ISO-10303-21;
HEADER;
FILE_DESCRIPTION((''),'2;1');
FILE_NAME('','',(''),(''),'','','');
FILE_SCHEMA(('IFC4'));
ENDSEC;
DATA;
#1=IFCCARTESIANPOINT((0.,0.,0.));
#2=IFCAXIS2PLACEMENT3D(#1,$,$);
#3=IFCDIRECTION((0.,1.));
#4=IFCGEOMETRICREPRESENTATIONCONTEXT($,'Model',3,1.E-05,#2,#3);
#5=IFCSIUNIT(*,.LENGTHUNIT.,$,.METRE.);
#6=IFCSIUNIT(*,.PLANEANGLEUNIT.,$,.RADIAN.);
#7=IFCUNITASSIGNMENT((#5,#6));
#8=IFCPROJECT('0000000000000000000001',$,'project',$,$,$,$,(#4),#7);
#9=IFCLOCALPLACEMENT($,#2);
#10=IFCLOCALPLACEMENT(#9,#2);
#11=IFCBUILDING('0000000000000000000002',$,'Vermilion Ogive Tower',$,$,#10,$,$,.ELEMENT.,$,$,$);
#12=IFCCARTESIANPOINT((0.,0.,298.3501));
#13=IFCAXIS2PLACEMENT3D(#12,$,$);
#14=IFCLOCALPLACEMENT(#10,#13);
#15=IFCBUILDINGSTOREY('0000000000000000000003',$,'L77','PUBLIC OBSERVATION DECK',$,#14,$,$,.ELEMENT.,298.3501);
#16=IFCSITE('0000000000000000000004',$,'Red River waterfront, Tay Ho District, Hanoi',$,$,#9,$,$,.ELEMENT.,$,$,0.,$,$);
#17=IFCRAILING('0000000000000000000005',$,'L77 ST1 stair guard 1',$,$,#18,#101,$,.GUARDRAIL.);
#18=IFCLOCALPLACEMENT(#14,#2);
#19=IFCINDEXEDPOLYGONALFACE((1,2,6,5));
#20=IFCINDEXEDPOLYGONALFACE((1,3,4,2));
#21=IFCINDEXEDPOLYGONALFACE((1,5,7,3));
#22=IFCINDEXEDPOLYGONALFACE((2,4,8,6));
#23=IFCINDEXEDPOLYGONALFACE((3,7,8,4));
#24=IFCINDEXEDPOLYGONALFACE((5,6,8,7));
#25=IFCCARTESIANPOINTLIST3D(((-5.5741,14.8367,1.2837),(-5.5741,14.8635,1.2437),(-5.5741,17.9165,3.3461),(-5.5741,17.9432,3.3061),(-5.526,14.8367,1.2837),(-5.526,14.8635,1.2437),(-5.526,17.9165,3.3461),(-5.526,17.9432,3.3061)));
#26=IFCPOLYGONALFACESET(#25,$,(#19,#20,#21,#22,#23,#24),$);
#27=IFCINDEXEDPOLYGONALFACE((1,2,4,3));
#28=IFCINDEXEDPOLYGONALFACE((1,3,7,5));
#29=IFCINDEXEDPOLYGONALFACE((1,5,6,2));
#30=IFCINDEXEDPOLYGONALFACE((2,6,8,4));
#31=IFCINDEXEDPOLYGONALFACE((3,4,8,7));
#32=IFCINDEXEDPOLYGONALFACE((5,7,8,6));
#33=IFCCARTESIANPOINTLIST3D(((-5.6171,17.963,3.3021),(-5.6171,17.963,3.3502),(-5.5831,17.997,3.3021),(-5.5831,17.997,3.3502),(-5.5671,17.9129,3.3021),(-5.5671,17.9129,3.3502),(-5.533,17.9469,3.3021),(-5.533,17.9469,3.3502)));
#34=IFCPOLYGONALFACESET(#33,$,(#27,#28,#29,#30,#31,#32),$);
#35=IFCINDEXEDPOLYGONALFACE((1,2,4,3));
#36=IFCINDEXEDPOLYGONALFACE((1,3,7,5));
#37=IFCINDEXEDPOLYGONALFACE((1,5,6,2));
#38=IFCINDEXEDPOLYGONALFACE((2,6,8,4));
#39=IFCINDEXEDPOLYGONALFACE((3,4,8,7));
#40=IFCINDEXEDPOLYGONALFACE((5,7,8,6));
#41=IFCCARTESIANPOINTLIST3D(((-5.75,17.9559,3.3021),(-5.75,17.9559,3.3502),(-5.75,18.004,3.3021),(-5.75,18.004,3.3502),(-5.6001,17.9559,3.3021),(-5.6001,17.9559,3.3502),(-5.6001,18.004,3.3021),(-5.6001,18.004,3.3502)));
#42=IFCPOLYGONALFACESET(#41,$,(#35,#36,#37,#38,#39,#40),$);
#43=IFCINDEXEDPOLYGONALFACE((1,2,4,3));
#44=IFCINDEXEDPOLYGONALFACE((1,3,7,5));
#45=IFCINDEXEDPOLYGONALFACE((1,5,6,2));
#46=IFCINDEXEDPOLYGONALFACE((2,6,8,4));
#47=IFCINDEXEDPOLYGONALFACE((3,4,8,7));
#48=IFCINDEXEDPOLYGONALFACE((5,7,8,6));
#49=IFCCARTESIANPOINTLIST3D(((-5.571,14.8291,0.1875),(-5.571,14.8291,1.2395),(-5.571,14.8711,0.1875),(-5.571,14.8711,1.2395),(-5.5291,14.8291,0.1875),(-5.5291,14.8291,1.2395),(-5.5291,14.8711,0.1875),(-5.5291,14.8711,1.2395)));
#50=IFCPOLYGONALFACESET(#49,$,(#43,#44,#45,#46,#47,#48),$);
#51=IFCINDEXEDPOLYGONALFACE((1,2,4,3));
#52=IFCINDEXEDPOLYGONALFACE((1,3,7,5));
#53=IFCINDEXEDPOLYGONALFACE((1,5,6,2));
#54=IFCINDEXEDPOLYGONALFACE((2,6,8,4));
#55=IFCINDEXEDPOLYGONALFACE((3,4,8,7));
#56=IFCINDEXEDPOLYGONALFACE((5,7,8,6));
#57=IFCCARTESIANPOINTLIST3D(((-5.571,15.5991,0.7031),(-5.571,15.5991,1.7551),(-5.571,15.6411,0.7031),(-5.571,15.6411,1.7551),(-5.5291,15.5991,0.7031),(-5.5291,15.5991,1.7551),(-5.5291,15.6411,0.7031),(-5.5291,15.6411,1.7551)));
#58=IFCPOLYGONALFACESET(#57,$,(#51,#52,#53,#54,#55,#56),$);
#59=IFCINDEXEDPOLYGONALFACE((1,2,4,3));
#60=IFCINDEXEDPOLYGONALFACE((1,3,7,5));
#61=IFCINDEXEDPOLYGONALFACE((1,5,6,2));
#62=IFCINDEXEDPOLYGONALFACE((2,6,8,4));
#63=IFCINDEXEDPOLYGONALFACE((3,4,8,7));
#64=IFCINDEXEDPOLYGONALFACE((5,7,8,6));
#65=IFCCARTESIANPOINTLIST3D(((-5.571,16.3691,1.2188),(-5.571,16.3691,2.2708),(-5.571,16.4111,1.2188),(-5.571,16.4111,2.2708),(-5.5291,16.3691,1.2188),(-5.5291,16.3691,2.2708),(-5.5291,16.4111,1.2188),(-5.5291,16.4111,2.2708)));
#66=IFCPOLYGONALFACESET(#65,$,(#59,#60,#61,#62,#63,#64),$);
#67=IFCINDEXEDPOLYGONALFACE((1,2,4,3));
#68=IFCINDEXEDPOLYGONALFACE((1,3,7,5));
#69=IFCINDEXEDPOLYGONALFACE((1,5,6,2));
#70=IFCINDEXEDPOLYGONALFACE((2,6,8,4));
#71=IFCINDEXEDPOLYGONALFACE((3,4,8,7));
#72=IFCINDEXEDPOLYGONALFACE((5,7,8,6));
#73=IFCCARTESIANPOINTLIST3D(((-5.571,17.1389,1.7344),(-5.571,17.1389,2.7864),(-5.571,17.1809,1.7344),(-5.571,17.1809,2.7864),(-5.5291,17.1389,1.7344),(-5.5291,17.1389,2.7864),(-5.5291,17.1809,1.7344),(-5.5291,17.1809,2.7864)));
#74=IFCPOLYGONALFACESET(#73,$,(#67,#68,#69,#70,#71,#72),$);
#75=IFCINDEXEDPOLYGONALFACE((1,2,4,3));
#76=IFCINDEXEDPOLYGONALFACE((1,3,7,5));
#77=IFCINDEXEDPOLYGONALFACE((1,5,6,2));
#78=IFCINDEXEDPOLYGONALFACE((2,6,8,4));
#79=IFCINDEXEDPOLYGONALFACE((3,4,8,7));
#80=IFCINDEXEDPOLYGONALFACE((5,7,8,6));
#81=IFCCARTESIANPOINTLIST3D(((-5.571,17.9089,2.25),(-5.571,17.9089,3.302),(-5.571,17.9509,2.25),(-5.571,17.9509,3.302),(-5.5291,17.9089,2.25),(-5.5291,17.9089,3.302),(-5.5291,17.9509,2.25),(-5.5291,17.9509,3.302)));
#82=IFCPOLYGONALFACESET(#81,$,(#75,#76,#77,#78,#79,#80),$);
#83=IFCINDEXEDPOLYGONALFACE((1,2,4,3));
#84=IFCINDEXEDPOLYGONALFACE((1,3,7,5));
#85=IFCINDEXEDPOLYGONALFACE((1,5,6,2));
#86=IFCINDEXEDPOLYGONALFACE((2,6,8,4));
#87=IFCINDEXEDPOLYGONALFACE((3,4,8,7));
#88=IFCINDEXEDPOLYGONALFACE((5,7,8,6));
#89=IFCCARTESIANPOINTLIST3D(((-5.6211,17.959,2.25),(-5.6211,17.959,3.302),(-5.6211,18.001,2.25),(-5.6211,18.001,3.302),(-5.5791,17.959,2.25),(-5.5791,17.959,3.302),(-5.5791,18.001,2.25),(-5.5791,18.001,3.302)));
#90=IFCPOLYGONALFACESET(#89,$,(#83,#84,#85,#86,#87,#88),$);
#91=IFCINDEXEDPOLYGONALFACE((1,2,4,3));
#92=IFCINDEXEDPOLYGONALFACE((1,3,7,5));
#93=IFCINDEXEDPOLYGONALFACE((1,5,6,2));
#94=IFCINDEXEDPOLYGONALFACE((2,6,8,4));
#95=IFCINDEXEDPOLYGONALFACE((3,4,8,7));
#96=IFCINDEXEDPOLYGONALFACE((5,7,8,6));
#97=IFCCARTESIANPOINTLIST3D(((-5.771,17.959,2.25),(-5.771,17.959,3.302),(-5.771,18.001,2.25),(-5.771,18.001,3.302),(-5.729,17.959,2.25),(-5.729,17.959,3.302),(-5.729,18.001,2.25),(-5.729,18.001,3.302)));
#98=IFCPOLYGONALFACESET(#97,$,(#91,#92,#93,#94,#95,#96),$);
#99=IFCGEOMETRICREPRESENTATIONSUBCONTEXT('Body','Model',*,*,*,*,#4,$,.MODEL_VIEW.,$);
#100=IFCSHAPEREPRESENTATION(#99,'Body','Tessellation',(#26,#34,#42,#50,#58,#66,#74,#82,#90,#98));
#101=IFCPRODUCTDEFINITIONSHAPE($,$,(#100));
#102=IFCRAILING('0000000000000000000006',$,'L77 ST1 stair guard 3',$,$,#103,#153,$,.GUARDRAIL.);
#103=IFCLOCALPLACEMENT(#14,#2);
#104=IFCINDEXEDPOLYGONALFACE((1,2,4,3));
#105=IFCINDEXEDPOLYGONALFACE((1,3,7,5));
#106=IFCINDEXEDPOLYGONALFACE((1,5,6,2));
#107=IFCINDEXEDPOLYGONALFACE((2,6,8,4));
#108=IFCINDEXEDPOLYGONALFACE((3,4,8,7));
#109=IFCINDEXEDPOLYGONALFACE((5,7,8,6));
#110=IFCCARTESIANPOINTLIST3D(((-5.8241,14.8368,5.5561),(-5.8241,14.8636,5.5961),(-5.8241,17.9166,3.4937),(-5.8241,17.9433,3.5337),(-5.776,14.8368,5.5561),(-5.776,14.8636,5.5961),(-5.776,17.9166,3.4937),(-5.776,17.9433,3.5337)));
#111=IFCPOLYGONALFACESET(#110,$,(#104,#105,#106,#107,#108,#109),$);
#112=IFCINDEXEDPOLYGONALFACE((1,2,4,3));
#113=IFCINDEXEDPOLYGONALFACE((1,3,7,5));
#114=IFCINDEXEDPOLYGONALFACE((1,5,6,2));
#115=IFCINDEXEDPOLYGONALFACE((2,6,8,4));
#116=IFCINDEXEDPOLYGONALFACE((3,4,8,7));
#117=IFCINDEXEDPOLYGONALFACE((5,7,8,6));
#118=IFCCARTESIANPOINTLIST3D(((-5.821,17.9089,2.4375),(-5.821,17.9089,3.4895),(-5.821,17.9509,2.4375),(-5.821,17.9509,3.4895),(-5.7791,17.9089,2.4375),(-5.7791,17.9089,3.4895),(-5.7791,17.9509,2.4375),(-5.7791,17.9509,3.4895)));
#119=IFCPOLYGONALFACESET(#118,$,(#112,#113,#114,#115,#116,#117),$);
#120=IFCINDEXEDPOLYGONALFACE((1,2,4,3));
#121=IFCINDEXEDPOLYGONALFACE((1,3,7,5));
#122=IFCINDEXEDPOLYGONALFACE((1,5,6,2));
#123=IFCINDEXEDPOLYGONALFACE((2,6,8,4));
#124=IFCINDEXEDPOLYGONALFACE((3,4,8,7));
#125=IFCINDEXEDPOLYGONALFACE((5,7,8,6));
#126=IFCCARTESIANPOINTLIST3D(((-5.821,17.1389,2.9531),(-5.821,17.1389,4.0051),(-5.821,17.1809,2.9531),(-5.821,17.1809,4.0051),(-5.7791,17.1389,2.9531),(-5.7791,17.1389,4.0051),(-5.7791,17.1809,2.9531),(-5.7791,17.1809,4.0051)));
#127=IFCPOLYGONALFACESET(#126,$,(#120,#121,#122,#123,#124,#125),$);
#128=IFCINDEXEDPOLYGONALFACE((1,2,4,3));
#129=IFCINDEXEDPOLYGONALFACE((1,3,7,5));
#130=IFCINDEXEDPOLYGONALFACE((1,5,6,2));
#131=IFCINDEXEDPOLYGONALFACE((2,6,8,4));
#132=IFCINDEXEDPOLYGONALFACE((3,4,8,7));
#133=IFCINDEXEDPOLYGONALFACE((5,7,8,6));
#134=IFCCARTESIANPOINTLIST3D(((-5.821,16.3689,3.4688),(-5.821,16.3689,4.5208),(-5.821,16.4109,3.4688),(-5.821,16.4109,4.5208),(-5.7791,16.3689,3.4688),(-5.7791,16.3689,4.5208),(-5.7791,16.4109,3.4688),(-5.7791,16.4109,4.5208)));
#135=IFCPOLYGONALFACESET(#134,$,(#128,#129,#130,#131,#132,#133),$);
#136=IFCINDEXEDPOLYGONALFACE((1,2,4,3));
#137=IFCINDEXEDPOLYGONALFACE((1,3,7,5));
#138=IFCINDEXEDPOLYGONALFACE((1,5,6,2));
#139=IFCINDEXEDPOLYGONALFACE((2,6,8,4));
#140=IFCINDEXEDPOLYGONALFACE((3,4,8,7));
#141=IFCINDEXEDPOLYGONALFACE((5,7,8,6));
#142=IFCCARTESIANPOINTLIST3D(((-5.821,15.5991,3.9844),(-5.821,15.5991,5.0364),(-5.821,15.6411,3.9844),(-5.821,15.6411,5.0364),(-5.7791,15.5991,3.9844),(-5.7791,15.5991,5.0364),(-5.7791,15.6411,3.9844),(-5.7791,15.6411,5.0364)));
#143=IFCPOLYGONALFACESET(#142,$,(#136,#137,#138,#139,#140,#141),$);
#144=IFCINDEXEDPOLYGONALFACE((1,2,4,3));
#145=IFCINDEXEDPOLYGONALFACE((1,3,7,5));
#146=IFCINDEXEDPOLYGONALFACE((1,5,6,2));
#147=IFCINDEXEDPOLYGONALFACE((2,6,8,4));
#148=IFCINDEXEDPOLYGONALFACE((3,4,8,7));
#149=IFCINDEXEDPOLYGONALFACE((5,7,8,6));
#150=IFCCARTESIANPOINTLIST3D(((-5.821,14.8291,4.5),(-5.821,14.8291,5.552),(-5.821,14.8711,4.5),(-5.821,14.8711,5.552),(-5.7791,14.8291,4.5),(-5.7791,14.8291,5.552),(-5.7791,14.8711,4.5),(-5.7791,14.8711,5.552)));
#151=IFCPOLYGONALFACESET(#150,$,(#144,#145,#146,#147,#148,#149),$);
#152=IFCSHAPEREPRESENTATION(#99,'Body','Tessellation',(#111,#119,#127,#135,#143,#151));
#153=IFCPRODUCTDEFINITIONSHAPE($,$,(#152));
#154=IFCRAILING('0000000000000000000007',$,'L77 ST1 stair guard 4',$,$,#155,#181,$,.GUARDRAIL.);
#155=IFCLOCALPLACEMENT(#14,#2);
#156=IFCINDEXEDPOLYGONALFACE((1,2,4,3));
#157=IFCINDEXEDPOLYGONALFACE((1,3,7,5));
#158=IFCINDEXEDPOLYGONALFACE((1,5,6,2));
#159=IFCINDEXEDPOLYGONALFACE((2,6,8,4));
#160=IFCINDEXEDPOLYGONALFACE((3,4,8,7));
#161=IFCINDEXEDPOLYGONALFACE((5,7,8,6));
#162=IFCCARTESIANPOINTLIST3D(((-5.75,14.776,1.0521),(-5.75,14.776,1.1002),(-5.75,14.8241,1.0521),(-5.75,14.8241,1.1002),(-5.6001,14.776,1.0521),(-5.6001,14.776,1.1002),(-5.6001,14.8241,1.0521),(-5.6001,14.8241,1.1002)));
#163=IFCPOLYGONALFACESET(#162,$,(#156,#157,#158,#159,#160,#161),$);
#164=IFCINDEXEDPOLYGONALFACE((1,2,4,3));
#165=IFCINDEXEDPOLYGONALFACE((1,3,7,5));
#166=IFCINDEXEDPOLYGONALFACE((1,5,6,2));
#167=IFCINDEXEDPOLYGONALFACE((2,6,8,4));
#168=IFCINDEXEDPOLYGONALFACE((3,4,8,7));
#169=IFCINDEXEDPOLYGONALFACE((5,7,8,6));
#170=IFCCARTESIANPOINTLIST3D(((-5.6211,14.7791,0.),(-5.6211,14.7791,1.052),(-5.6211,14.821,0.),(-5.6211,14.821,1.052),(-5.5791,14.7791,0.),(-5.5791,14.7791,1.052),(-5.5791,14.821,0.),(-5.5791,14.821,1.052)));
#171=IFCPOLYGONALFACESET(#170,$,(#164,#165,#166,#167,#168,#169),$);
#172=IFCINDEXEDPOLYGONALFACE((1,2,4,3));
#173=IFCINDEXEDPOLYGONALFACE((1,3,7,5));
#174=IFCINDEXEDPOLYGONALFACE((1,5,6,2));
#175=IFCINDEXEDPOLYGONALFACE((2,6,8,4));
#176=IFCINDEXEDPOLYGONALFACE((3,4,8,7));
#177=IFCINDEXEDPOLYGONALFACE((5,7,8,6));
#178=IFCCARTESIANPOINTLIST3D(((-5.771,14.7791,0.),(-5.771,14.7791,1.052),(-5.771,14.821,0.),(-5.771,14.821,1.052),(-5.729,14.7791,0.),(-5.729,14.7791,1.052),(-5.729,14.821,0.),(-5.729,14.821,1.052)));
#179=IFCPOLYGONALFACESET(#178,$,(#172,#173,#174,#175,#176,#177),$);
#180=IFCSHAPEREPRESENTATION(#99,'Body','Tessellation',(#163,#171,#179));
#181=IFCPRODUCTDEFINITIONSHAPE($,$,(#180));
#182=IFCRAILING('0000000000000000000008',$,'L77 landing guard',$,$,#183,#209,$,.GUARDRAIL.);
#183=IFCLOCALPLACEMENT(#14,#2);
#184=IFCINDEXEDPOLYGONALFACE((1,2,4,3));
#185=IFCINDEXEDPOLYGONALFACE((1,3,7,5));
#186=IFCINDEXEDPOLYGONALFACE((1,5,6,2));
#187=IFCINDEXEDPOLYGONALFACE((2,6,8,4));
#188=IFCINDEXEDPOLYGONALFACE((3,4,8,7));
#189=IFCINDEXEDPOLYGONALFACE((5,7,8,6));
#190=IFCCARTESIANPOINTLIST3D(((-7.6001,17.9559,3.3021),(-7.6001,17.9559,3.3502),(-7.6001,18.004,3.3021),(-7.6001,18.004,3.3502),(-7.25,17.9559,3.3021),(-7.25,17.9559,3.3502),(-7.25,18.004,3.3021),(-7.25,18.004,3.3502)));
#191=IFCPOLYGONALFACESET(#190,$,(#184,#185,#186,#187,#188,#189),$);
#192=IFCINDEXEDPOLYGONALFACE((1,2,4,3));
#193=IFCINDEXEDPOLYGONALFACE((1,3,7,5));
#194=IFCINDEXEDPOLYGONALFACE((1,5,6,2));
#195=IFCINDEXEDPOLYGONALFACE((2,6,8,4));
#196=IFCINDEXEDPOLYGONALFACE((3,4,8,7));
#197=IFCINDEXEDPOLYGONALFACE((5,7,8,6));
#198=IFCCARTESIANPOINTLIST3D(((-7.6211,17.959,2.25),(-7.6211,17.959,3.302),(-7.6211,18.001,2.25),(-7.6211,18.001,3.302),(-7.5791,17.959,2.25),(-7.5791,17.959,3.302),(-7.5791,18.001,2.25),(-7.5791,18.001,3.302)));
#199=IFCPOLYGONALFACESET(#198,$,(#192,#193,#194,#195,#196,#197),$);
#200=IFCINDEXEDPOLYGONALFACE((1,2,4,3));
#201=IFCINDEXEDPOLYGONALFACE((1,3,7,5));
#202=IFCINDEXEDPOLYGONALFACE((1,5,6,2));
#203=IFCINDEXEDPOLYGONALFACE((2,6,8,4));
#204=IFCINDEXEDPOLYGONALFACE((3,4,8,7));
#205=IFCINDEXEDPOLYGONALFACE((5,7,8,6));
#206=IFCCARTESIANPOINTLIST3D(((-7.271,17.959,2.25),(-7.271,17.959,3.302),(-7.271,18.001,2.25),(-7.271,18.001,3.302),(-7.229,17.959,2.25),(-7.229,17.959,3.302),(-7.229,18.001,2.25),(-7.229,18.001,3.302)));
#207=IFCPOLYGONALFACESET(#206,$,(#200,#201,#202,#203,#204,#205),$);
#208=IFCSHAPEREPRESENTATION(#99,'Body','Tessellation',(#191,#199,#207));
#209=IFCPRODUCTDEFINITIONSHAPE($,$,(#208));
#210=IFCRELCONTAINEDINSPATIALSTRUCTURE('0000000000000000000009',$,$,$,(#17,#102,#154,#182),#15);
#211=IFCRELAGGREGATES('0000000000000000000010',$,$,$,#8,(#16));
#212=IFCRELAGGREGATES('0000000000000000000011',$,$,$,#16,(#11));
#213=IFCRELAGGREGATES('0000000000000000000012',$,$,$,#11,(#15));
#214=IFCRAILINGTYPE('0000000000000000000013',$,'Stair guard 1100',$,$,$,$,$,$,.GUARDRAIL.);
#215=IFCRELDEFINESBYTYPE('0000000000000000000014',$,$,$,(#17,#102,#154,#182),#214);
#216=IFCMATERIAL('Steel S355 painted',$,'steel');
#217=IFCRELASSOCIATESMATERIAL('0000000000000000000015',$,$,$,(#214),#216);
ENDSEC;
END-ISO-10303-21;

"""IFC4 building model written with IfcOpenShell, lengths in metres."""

from ifc_helpers import new_model, si_unit, direction, frame, origin, origin_2d, place, context, subcontext, project, spatial, rectangle, extrude, material, type_object, element, save


model = new_model("IFC4")

# Units and contexts
model_context = context("Model", 3, precision=1e-05, world=origin(), true_north=direction((0.0, 1.0)))
body_context = subcontext(model_context, "Body", "Model", "MODEL_VIEW")
ifc_project = project(units=[si_unit("LENGTHUNIT", "METRE"), si_unit("PLANEANGLEUNIT", "RADIAN")], contexts=[model_context])

# Site, building, storey
site_placement = place(None, origin())
site = spatial("IfcSite", under=ifc_project, at=site_placement, Name="Red River waterfront, Tay Ho District, Hanoi", CompositionType="ELEMENT", RefElevation=0.0)
building_placement = place(site_placement, origin())
building = spatial("IfcBuilding", under=site, at=building_placement, Name="Vermilion Ogive Tower", CompositionType="ELEMENT")
storey_placement = place(building_placement, frame((0.0, 0.0, 298.3501)))
storey = spatial("IfcBuildingStorey", under=building, at=storey_placement, Name="L77", Description="PUBLIC OBSERVATION DECK", CompositionType="ELEMENT", Elevation=298.3501)

# Railings
ifc_material_1 = material(Name="Steel S355 painted", Category="steel")
railing_type_1 = type_object("IfcRailingType", Name="Stair guard 1100", PredefinedType="GUARDRAIL", material=ifc_material_1)
railing_1_placement = place(storey_placement, frame((-5.55, 14.8501, 0.1875)))
element("IfcRailing", 1, at=railing_1_placement, inside=storey, type_object=railing_type_1, Name="L77 ST1 stair guard 1", PredefinedType="GUARDRAIL", context=body_context, shape_type="SweptSolid", body=[
    extrude(rectangle(XDim=0.0481, YDim=0.0481, at=origin_2d()), frame((0.0, 0.0, 1.0762), z_axis=(0.0, 0.830893, 0.556432), x_axis=(-1.0, 0.0, 0.0)), (0.0, 0.0, 1.0), 3.7065),
    extrude(rectangle(XDim=0.0481, YDim=0.0481, at=origin_2d()), frame((0.0, 3.0798, 3.1387), z_axis=(-0.707107, 0.707107, 0.0), x_axis=(-0.707107, -0.707107, 0.0)), (0.0, 0.0, 1.0), 0.0708),
    extrude(rectangle(XDim=0.0481, YDim=0.0481, at=origin_2d()), frame((-0.05, 3.1299, 3.1387), z_axis=(-1.0, 0.0, 0.0), x_axis=(0.0, -1.0, 0.0)), (0.0, 0.0, 1.0), 0.1499),
    extrude(rectangle(XDim=0.042, YDim=0.042, at=origin_2d()), origin(), (0.0, 0.0, 1.0), 1.052),
    extrude(rectangle(XDim=0.042, YDim=0.042, at=origin_2d()), frame((0.0, 0.77, 0.5156)), (0.0, 0.0, 1.0), 1.052),
    extrude(rectangle(XDim=0.042, YDim=0.042, at=origin_2d()), frame((0.0, 1.54, 1.0312)), (0.0, 0.0, 1.0), 1.052),
    extrude(rectangle(XDim=0.042, YDim=0.042, at=origin_2d()), frame((0.0, 2.3098, 1.5469)), (0.0, 0.0, 1.0), 1.052),
    extrude(rectangle(XDim=0.042, YDim=0.042, at=origin_2d()), frame((0.0, 3.0798, 2.0625)), (0.0, 0.0, 1.0), 1.052),
    extrude(rectangle(XDim=0.042, YDim=0.042, at=origin_2d()), frame((-0.05, 3.1299, 2.0625)), (0.0, 0.0, 1.0), 1.052),
    extrude(rectangle(XDim=0.042, YDim=0.042, at=origin_2d()), frame((-0.2, 3.1299, 2.0625)), (0.0, 0.0, 1.0), 1.052),
])
railing_2_placement = place(storey_placement, frame((-5.8, 17.9299, 2.4375)))
element("IfcRailing", 2, at=railing_2_placement, inside=storey, type_object=railing_type_1, Name="L77 ST1 stair guard 3", PredefinedType="GUARDRAIL", context=body_context, shape_type="SweptSolid", body=[
    extrude(rectangle(XDim=0.0481, YDim=0.0481, at=origin_2d()), frame((0.0, 0.0, 1.0762), z_axis=(0.0, -0.830893, 0.556432), x_axis=(1.0, 0.0, 0.0)), (0.0, 0.0, 1.0), 3.7065),
    extrude(rectangle(XDim=0.042, YDim=0.042, at=origin_2d()), origin(), (0.0, 0.0, 1.0), 1.052),
    extrude(rectangle(XDim=0.042, YDim=0.042, at=origin_2d()), frame((0.0, -0.77, 0.5156)), (0.0, 0.0, 1.0), 1.052),
    extrude(rectangle(XDim=0.042, YDim=0.042, at=origin_2d()), frame((0.0, -1.54, 1.0312)), (0.0, 0.0, 1.0), 1.052),
    extrude(rectangle(XDim=0.042, YDim=0.042, at=origin_2d()), frame((0.0, -2.3098, 1.5469)), (0.0, 0.0, 1.0), 1.052),
    extrude(rectangle(XDim=0.042, YDim=0.042, at=origin_2d()), frame((0.0, -3.0798, 2.0625)), (0.0, 0.0, 1.0), 1.052),
])
railing_3_placement = place(storey_placement, frame((-5.6001, 14.8, 0.0)))
element("IfcRailing", 3, at=railing_3_placement, inside=storey, type_object=railing_type_1, Name="L77 ST1 stair guard 4", PredefinedType="GUARDRAIL", context=body_context, shape_type="SweptSolid", body=[
    extrude(rectangle(XDim=0.0481, YDim=0.0481, at=origin_2d()), frame((0.0, 0.0, 1.0762), z_axis=(-1.0, 0.0, 0.0), x_axis=(0.0, -1.0, 0.0)), (0.0, 0.0, 1.0), 0.1499),
    extrude(rectangle(XDim=0.042, YDim=0.042, at=origin_2d()), origin(), (0.0, 0.0, 1.0), 1.052),
    extrude(rectangle(XDim=0.042, YDim=0.042, at=origin_2d()), frame((-0.1499, 0.0, 0.0)), (0.0, 0.0, 1.0), 1.052),
])
railing_4_placement = place(storey_placement, frame((-7.6001, 17.98, 2.25)))
element("IfcRailing", 4, at=railing_4_placement, inside=storey, type_object=railing_type_1, Name="L77 landing guard", PredefinedType="GUARDRAIL", context=body_context, shape_type="SweptSolid", body=[
    extrude(rectangle(XDim=0.0481, YDim=0.0481, at=origin_2d()), frame((0.0, 0.0, 1.0762), z_axis=(1.0, 0.0, 0.0), x_axis=(0.0, 1.0, 0.0)), (0.0, 0.0, 1.0), 0.3501),
    extrude(rectangle(XDim=0.042, YDim=0.042, at=origin_2d()), origin(), (0.0, 0.0, 1.0), 1.052),
    extrude(rectangle(XDim=0.042, YDim=0.042, at=origin_2d()), frame((0.3501, 0.0, 0.0)), (0.0, 0.0, 1.0), 1.052),
])

save(model, "model.ifc")
